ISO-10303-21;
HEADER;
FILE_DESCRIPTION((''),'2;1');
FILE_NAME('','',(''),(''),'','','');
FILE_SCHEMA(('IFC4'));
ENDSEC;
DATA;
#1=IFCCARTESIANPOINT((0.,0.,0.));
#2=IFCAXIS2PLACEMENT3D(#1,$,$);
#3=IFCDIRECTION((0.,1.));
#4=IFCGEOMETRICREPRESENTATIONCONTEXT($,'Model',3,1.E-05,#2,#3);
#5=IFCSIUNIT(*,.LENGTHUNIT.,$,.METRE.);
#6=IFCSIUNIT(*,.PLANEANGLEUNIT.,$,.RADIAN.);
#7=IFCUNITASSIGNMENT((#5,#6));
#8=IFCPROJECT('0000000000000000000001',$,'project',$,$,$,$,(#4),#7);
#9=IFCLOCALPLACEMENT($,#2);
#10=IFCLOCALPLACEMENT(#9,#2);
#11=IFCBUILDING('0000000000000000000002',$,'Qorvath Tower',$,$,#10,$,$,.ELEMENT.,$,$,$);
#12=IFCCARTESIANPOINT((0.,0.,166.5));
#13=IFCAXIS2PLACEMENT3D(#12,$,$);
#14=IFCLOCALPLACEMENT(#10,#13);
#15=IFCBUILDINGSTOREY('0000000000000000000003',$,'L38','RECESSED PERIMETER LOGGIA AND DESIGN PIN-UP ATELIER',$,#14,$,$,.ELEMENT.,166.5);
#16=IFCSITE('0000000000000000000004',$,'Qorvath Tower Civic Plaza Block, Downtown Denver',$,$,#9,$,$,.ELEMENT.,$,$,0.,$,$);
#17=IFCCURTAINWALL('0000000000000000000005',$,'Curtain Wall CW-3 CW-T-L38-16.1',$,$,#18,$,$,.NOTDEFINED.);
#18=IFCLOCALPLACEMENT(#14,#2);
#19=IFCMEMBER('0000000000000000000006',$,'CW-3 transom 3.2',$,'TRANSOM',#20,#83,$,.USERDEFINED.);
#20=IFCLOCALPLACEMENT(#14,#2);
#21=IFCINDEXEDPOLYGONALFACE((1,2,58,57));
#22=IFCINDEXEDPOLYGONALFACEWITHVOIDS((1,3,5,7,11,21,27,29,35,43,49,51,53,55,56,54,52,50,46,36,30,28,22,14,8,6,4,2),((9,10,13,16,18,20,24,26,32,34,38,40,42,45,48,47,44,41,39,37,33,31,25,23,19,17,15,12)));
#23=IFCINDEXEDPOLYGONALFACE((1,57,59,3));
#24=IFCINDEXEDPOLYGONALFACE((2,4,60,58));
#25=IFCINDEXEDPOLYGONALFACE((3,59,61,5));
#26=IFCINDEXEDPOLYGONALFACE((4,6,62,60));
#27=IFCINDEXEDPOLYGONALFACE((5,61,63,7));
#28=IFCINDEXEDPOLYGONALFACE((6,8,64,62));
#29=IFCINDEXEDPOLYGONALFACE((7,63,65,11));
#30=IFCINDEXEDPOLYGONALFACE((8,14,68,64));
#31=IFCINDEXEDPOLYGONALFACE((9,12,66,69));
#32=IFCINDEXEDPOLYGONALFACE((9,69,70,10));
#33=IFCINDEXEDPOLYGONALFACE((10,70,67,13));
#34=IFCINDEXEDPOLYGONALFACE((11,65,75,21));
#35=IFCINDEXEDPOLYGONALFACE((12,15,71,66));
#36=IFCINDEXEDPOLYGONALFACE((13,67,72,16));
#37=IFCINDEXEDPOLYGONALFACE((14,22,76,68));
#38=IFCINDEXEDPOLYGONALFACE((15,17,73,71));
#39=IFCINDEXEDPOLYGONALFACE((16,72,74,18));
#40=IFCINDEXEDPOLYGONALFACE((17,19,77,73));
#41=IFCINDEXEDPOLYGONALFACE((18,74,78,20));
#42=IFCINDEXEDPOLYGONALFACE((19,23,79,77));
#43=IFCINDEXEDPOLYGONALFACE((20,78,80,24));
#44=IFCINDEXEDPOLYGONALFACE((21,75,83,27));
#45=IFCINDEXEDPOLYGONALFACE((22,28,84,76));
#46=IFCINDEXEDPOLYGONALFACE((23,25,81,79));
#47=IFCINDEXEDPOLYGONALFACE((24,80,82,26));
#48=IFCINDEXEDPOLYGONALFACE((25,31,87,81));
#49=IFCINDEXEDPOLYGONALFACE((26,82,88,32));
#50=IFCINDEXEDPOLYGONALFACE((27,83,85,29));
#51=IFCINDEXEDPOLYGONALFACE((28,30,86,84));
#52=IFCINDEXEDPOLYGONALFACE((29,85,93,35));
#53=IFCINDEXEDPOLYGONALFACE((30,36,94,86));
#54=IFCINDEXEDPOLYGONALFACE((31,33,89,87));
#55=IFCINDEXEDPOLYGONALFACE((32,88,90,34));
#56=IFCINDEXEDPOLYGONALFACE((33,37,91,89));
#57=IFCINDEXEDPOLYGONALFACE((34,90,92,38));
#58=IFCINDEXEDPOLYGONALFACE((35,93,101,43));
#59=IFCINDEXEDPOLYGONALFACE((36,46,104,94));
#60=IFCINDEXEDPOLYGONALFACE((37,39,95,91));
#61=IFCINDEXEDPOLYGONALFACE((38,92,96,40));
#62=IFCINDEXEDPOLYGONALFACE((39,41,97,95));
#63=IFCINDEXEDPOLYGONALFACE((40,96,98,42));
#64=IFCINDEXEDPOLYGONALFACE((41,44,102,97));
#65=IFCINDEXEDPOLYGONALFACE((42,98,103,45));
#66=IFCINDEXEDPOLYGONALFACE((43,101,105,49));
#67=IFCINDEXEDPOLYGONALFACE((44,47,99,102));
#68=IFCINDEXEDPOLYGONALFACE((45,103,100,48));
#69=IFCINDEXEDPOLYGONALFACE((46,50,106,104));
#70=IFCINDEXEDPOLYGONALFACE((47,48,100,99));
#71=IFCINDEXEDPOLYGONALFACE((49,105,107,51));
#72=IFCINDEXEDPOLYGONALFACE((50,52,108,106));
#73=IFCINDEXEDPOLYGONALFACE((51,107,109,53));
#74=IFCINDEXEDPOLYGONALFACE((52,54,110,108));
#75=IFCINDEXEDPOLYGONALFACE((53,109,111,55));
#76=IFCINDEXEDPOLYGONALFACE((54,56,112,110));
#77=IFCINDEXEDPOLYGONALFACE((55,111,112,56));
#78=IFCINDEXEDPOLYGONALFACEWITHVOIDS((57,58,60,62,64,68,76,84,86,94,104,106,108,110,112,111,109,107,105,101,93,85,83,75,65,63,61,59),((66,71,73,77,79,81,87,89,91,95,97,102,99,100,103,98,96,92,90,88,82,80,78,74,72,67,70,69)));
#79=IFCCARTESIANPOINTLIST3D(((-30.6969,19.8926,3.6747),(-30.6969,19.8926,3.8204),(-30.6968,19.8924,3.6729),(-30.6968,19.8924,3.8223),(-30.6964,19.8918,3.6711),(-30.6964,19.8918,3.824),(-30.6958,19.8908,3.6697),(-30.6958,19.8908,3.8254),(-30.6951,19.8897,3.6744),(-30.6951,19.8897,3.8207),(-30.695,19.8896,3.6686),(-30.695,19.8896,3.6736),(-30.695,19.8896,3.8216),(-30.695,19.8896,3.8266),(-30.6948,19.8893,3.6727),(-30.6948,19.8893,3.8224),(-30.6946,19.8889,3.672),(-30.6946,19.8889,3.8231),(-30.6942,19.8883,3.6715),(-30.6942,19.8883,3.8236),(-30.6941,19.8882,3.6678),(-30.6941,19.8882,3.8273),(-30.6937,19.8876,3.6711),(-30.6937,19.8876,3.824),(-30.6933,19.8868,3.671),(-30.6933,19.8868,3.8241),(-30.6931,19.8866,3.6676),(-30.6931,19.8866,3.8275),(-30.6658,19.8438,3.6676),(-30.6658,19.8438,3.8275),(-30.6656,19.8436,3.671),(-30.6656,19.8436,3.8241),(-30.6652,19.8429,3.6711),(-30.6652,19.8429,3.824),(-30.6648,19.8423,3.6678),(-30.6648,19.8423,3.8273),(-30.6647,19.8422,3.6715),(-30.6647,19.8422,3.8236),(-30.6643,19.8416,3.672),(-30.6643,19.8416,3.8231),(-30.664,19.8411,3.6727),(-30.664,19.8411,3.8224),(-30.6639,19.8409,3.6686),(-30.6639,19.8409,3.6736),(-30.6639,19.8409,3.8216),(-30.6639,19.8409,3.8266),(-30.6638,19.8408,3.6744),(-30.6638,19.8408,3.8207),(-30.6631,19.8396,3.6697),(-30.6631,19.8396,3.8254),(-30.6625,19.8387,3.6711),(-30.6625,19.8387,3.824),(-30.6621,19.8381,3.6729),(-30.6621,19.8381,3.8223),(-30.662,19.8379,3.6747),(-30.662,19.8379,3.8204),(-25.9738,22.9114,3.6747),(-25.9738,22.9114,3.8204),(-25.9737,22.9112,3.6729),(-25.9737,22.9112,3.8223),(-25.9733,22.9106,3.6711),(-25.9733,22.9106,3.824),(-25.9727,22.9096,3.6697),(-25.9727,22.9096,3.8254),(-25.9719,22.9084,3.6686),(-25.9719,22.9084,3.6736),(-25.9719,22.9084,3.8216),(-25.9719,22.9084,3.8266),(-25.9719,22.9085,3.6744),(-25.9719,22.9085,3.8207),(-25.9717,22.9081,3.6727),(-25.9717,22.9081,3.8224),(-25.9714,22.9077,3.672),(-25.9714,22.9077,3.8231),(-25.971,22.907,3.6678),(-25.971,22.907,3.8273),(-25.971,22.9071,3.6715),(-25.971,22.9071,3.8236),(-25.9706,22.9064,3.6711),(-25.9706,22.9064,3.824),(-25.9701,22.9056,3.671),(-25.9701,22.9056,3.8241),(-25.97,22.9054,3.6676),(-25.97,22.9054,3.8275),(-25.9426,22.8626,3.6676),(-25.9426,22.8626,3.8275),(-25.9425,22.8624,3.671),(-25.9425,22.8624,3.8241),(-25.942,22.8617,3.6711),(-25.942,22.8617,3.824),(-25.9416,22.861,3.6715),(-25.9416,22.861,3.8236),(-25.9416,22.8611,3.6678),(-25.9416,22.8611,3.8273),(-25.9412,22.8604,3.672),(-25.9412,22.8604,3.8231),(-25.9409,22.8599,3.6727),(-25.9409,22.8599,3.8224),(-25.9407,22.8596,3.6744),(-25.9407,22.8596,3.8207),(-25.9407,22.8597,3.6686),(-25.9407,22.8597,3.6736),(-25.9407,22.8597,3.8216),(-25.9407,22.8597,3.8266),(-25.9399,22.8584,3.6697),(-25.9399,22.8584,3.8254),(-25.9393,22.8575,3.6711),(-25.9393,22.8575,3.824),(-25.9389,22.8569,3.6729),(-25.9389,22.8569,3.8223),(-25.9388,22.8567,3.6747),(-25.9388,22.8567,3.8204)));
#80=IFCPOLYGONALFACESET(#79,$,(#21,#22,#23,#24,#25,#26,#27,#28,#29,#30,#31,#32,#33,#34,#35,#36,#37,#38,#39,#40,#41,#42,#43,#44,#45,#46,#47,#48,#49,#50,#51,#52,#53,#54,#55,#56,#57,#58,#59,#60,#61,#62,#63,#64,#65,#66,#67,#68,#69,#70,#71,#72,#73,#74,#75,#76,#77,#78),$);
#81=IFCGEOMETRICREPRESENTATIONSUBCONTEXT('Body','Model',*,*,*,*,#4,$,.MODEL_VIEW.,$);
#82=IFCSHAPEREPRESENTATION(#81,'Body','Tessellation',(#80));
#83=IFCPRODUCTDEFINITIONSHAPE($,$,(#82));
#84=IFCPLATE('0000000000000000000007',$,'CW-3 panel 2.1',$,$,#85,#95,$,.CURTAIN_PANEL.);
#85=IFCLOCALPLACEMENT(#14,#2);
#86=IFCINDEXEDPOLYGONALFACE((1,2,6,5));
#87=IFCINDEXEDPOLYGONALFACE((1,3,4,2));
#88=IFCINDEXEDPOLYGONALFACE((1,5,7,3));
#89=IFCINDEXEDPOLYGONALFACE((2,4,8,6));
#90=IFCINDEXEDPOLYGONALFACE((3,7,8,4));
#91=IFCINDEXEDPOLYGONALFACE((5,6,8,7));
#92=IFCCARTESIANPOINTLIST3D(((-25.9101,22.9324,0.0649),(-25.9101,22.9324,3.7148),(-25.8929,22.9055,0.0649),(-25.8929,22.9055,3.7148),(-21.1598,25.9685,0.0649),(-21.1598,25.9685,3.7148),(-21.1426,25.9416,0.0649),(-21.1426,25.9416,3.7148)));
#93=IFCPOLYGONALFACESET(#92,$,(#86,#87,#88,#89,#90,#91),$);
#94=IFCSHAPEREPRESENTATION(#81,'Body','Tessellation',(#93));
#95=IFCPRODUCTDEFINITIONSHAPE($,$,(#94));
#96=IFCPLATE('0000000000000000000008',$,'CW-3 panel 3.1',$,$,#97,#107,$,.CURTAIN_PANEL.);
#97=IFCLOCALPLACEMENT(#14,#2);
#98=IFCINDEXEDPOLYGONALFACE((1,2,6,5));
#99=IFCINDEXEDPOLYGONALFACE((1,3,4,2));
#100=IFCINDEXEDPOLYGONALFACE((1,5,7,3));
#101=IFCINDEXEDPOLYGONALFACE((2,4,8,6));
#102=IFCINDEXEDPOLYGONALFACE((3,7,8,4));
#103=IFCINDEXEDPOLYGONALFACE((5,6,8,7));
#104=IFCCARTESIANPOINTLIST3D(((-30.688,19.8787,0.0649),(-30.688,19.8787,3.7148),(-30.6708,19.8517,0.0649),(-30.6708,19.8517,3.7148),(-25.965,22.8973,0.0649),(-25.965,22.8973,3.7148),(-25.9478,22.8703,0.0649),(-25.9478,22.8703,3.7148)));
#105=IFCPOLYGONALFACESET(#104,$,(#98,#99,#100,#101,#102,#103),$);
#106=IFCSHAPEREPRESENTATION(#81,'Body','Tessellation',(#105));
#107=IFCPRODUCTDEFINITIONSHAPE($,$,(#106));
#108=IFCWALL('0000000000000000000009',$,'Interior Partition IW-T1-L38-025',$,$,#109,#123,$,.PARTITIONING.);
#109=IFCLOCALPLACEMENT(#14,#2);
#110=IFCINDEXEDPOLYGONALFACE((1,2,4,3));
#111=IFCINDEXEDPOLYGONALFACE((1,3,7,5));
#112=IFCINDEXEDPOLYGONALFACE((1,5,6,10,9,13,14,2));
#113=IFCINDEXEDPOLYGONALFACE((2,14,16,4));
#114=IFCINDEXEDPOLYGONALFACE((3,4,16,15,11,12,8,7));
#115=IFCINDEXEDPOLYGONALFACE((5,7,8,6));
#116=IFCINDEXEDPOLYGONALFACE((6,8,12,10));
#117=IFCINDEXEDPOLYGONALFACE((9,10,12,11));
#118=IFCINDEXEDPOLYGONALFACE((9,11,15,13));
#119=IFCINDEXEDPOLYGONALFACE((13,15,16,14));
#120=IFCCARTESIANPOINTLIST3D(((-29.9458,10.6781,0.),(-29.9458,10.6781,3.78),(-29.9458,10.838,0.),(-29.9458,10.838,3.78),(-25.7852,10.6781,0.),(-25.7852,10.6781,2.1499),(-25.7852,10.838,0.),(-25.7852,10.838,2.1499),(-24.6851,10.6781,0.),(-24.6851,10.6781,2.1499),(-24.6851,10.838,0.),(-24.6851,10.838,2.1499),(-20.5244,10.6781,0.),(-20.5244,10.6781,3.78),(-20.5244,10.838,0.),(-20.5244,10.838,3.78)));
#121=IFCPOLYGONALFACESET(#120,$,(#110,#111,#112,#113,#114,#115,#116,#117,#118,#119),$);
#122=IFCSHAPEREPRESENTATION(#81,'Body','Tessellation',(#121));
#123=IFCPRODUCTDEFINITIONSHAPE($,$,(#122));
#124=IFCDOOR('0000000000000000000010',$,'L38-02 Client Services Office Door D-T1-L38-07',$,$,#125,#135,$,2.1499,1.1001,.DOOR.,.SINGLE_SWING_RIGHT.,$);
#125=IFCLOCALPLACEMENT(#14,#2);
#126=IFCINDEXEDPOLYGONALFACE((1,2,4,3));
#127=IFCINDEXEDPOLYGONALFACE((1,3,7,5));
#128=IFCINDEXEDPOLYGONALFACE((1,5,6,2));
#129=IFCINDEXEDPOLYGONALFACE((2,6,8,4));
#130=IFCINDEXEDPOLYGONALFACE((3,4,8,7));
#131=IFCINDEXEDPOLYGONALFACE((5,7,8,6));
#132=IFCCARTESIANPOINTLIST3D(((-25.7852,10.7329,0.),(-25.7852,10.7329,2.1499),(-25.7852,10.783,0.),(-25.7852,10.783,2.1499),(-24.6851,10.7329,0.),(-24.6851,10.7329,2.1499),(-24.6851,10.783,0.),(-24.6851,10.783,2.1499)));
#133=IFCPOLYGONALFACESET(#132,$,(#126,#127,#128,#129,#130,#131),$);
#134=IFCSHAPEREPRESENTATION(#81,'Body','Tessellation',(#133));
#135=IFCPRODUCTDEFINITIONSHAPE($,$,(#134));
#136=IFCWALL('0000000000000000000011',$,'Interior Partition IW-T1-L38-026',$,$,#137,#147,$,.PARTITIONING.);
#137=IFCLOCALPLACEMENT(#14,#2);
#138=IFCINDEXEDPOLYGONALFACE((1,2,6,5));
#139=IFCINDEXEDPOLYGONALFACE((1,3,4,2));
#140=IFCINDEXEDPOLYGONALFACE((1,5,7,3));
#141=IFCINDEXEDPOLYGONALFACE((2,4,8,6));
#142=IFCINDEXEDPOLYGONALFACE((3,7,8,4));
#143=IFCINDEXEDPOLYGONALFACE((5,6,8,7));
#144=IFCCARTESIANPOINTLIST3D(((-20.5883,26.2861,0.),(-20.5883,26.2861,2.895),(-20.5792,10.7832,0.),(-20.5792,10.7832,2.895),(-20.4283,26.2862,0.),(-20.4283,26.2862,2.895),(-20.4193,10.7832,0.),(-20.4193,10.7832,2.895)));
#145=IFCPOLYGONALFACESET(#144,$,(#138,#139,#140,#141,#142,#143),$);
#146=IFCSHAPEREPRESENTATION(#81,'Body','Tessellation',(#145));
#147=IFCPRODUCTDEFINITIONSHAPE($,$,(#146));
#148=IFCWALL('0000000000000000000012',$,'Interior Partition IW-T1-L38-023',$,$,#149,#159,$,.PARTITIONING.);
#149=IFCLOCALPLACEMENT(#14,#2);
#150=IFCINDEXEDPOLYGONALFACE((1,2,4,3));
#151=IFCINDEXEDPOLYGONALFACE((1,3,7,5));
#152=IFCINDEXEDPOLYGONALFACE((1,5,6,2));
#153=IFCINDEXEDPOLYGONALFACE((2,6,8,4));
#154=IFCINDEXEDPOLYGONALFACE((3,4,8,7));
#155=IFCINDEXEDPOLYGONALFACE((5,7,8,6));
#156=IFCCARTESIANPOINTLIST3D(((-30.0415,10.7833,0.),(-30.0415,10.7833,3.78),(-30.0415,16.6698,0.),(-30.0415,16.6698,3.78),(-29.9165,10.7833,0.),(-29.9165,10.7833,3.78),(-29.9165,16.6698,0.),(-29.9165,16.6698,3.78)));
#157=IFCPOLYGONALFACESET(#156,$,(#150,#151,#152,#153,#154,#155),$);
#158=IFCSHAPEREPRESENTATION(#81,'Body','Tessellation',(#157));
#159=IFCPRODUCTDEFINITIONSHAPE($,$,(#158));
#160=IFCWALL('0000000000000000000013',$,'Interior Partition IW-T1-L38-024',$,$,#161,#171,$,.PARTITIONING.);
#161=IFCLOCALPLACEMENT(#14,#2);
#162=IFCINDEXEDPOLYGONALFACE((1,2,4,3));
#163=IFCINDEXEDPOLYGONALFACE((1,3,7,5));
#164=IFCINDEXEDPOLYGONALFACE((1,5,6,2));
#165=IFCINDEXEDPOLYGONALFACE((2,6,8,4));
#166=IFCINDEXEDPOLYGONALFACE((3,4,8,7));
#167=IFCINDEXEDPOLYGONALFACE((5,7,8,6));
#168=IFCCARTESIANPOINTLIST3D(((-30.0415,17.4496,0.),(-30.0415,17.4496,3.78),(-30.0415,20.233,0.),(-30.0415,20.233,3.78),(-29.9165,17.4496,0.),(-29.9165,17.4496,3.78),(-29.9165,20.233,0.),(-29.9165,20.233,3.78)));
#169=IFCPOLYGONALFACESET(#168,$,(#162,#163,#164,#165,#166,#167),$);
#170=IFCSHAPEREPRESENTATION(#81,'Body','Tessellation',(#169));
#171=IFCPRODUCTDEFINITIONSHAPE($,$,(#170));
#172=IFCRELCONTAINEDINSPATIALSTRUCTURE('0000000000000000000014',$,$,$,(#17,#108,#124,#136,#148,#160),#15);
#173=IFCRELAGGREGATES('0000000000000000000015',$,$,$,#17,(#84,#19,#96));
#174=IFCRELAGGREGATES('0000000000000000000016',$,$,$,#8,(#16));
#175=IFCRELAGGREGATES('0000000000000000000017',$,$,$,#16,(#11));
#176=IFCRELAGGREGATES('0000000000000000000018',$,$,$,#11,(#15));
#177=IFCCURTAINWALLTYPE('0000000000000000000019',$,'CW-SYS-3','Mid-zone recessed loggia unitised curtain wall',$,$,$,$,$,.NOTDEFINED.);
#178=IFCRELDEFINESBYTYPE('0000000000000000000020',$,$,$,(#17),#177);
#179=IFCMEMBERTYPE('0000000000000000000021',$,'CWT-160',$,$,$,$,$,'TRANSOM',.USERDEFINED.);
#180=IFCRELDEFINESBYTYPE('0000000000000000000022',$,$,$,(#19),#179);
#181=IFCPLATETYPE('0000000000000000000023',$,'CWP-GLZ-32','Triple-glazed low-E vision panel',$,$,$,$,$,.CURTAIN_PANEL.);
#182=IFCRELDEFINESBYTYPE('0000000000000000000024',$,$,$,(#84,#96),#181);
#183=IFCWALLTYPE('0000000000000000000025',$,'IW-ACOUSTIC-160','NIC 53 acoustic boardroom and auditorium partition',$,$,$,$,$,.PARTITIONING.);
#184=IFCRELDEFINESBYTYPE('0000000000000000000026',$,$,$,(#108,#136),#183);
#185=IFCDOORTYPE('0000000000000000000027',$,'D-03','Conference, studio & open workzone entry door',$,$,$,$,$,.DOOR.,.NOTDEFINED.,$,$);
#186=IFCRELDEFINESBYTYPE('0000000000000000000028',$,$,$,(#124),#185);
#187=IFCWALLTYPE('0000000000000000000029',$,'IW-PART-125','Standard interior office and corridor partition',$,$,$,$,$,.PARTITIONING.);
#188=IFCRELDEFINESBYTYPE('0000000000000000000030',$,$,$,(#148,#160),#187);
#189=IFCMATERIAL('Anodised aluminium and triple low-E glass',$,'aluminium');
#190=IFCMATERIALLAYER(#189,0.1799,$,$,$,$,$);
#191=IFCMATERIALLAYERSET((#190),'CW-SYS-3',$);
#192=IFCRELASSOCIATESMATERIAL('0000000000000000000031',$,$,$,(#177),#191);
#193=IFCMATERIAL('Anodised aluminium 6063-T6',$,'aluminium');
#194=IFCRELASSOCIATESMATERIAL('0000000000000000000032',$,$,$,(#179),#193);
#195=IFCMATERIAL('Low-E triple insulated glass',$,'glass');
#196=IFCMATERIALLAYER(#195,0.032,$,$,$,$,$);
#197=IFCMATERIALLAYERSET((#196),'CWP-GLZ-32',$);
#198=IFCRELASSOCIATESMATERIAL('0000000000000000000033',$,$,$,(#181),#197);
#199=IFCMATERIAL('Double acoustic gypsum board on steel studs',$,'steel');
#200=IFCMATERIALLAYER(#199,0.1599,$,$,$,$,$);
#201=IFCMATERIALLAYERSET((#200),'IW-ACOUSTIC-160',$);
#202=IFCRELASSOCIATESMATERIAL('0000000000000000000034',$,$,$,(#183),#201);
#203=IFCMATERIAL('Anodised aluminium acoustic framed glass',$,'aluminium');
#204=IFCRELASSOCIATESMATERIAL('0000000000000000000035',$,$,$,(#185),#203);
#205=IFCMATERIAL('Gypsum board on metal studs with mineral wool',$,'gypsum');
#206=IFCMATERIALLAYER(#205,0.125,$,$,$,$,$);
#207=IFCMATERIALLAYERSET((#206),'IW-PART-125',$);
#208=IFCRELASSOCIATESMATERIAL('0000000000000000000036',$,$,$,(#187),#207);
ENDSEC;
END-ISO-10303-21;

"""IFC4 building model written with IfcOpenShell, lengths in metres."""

from ifc_helpers import new_model, si_unit, direction, frame, frame_2d, origin, origin_2d, place, context, subcontext, project, spatial, rectangle, hollow_rectangle, extrude, material, layer, layer_set, material_profile, profile_set, type_object, element, fill, aggregate, save


model = new_model("IFC4")

# Units and contexts
model_context = context("Model", 3, precision=1e-05, world=origin(), true_north=direction((0.0, 1.0)))
body_context = subcontext(model_context, "Body", "Model", "MODEL_VIEW")
ifc_project = project(units=[si_unit("LENGTHUNIT", "METRE"), si_unit("PLANEANGLEUNIT", "RADIAN")], contexts=[model_context])

# Site, building, storey
site_placement = place(None, origin())
site = spatial("IfcSite", under=ifc_project, at=site_placement, Name="Qorvath Tower Civic Plaza Block, Downtown Denver", CompositionType="ELEMENT", RefElevation=0.0)
building_placement = place(site_placement, origin())
building = spatial("IfcBuilding", under=site, at=building_placement, Name="Qorvath Tower", CompositionType="ELEMENT")
storey_placement = place(building_placement, frame((0.0, 0.0, 166.5)))
storey = spatial("IfcBuildingStorey", under=building, at=storey_placement, Name="L38", Description="RECESSED PERIMETER LOGGIA AND DESIGN PIN-UP ATELIER", CompositionType="ELEMENT", Elevation=166.5)

# Curtain wall, member, plates
ifc_material_1 = material(Name="Anodised aluminium and triple low-E glass", Category="aluminium")
ifc_layer_1 = layer(ifc_material_1, 0.1799)
ifc_layer_set_1 = layer_set([ifc_layer_1], Name="CW-SYS-3")
curtain_wall_type = type_object("IfcCurtainWallType", Name="CW-SYS-3", Description="Mid-zone recessed loggia unitised curtain wall", PredefinedType="NOTDEFINED", material=ifc_layer_set_1)
curtain_wall_placement = place(storey_placement, origin())
curtain_wall = element("IfcCurtainWall", 1, at=curtain_wall_placement, inside=storey, type_object=curtain_wall_type, Name="Curtain Wall CW-3 CW-T-L38-16.1", PredefinedType="NOTDEFINED")
ifc_material_2 = material(Name="Anodised aluminium 6063-T6", Category="aluminium")
ifc_material_profile_1 = material_profile(ifc_material_2, hollow_rectangle(XDim=0.0649, YDim=0.1599, WallThickness=0.0034, InnerFilletRadius=0.0034, OuterFilletRadius=0.0071, at=origin_2d()), Name="CWT 160x65")
ifc_profile_set_1 = profile_set([ifc_material_profile_1], Name="Anodised aluminium 6063-T6")
member_type_1 = type_object("IfcMemberType", Name="CWT-160", ElementType="TRANSOM", PredefinedType="USERDEFINED", material=ifc_profile_set_1)
member_1_placement = place(storey_placement, frame((-25.9563, 22.884, 3.7476), z_axis=(-0.842596, -0.538546, 0.0), x_axis=(0.538546, -0.842596, 0.0)))
member_1 = element("IfcMember", 2, at=member_1_placement, type_object=member_type_1, Name="CW-3 transom 3.2", ObjectType="TRANSOM", PredefinedType="USERDEFINED", context=body_context, shape_type="SweptSolid", body=[
    extrude(hollow_rectangle(XDim=0.0649, YDim=0.1599, WallThickness=0.0034, InnerFilletRadius=0.0034, OuterFilletRadius=0.0071, at=origin_2d()), origin(), (0.0, 0.0, 1.0), 5.6055),
])
ifc_material_3 = material(Name="Low-E triple insulated glass", Category="glass")
ifc_layer_2 = layer(ifc_material_3, 0.032)
ifc_layer_set_2 = layer_set([ifc_layer_2], Name="CWP-GLZ-32")
plate_type = type_object("IfcPlateType", Name="CWP-GLZ-32", Description="Triple-glazed low-E vision panel", PredefinedType="CURTAIN_PANEL", material=ifc_layer_set_2)
plate_1_placement = place(storey_placement, frame((-23.5264, 24.437, 0.0649), z_axis=(0.0, 0.0, 1.0), x_axis=(-0.842604, -0.538534, 0.0)))
plate_1 = element("IfcPlate", 3, at=plate_1_placement, type_object=plate_type, Name="CW-3 panel 2.1", PredefinedType="CURTAIN_PANEL", context=body_context, shape_type="SweptSolid", body=[
    extrude(rectangle(XDim=5.6377, YDim=0.032, at=origin_2d()), origin(), (0.0, 0.0, 1.0), 3.6499),
])
plate_2_placement = place(storey_placement, frame((-28.3179, 21.3745, 0.0649), z_axis=(0.0, 0.0, 1.0), x_axis=(-0.842604, -0.538534, 0.0)))
plate_2 = element("IfcPlate", 4, at=plate_2_placement, type_object=plate_type, Name="CW-3 panel 3.1", PredefinedType="CURTAIN_PANEL", context=body_context, shape_type="SweptSolid", body=[
    extrude(rectangle(XDim=5.6052, YDim=0.032, at=origin_2d()), origin(), (0.0, 0.0, 1.0), 3.6499),
])
aggregate(curtain_wall, [plate_1, member_1, plate_2])

# Wall, opening, door
ifc_material_4 = material(Name="Double acoustic gypsum board on steel studs", Category="steel")
ifc_layer_3 = layer(ifc_material_4, 0.1599)
ifc_layer_set_3 = layer_set([ifc_layer_3], Name="IW-ACOUSTIC-160")
wall_type_1 = type_object("IfcWallType", Name="IW-ACOUSTIC-160", Description="NIC 53 acoustic boardroom and auditorium partition", PredefinedType="PARTITIONING", material=ifc_layer_set_3)
wall_1_placement = place(storey_placement, frame((-29.9458, 10.7581, 0.0), z_axis=(0.0, 0.0, 1.0), x_axis=(1.0, 0.0, 0.0)))
wall_1 = element("IfcWall", 5, at=wall_1_placement, inside=storey, type_object=wall_type_1, Name="Interior Partition IW-T1-L38-025", PredefinedType="PARTITIONING", context=body_context, shape_type="SweptSolid", body=[
    extrude(rectangle(XDim=9.4214, YDim=0.1599, at=frame_2d((4.7107, 0.0))), origin(), (0.0, 0.0, 1.0), 3.78),
])
opening_1_placement = place(wall_1_placement, frame((4.1606, 0.0, 0.0)))
opening_1 = element("IfcOpeningElement", 6, at=opening_1_placement, cuts=wall_1, PredefinedType="OPENING", context=body_context, shape_type="SweptSolid", body=[
    extrude(rectangle(XDim=1.1001, YDim=2.1499, at=frame_2d((0.55, 1.075))), frame((0.0, 0.0898, 0.0), z_axis=(0.0, -1.0, 0.0), x_axis=(1.0, 0.0, 0.0)), (0.0, 0.0, 1.0), 0.1799),
])
ifc_material_5 = material(Name="Anodised aluminium acoustic framed glass", Category="aluminium")
door_type_1 = type_object("IfcDoorType", Name="D-03", Description="Conference, studio & open workzone entry door", OperationType="NOTDEFINED", PredefinedType="DOOR", material=ifc_material_5)
door_1_placement = place(opening_1_placement, origin())
door_1 = element("IfcDoor", 7, at=door_1_placement, inside=storey, type_object=door_type_1, Name="L38-02 Client Services Office Door D-T1-L38-07", OperationType="SINGLE_SWING_RIGHT", OverallHeight=2.1499, OverallWidth=1.1001, PredefinedType="DOOR", context=body_context, shape_type="SweptSolid", body=[
    extrude(rectangle(XDim=1.1001, YDim=2.1499, at=frame_2d((0.55, 1.075))), frame((0.0, 0.0249, 0.0), z_axis=(0.0, -1.0, 0.0), x_axis=(1.0, 0.0, 0.0)), (0.0, 0.0, 1.0), 0.05),
])
fill(opening_1, door_1)

# Walls
wall_2_placement = place(storey_placement, frame((-20.4993, 10.7832, 0.0), z_axis=(0.0, 0.0, 1.0), x_axis=(-0.000583, 1.0, 0.0)))
element("IfcWall", 8, at=wall_2_placement, inside=storey, type_object=wall_type_1, Name="Interior Partition IW-T1-L38-026", PredefinedType="PARTITIONING", context=body_context, shape_type="SweptSolid", body=[
    extrude(rectangle(XDim=15.5029, YDim=0.1599, at=frame_2d((7.7515, 0.0))), origin(), (0.0, 0.0, 1.0), 2.895),
])
ifc_material_6 = material(Name="Gypsum board on metal studs with mineral wool", Category="gypsum")
ifc_layer_4 = layer(ifc_material_6, 0.125)
ifc_layer_set_4 = layer_set([ifc_layer_4], Name="IW-PART-125")
wall_type_2 = type_object("IfcWallType", Name="IW-PART-125", Description="Standard interior office and corridor partition", PredefinedType="PARTITIONING", material=ifc_layer_set_4)
wall_3_placement = place(storey_placement, frame((-29.979, 10.7832, 0.0), z_axis=(0.0, 0.0, 1.0), x_axis=(0.0, 1.0, 0.0)))
element("IfcWall", 9, at=wall_3_placement, inside=storey, type_object=wall_type_2, Name="Interior Partition IW-T1-L38-023", PredefinedType="PARTITIONING", context=body_context, shape_type="SweptSolid", body=[
    extrude(rectangle(XDim=5.8865, YDim=0.125, at=frame_2d((2.9434, 0.0))), origin(), (0.0, 0.0, 1.0), 3.78),
])
wall_4_placement = place(storey_placement, frame((-29.979, 17.4497, 0.0), z_axis=(0.0, 0.0, 1.0), x_axis=(0.0, 1.0, 0.0)))
element("IfcWall", 10, at=wall_4_placement, inside=storey, type_object=wall_type_2, Name="Interior Partition IW-T1-L38-024", PredefinedType="PARTITIONING", context=body_context, shape_type="SweptSolid", body=[
    extrude(rectangle(XDim=2.7834, YDim=0.125, at=frame_2d((1.3916, 0.0))), origin(), (0.0, 0.0, 1.0), 3.78),
])

save(model, "model.ifc")
